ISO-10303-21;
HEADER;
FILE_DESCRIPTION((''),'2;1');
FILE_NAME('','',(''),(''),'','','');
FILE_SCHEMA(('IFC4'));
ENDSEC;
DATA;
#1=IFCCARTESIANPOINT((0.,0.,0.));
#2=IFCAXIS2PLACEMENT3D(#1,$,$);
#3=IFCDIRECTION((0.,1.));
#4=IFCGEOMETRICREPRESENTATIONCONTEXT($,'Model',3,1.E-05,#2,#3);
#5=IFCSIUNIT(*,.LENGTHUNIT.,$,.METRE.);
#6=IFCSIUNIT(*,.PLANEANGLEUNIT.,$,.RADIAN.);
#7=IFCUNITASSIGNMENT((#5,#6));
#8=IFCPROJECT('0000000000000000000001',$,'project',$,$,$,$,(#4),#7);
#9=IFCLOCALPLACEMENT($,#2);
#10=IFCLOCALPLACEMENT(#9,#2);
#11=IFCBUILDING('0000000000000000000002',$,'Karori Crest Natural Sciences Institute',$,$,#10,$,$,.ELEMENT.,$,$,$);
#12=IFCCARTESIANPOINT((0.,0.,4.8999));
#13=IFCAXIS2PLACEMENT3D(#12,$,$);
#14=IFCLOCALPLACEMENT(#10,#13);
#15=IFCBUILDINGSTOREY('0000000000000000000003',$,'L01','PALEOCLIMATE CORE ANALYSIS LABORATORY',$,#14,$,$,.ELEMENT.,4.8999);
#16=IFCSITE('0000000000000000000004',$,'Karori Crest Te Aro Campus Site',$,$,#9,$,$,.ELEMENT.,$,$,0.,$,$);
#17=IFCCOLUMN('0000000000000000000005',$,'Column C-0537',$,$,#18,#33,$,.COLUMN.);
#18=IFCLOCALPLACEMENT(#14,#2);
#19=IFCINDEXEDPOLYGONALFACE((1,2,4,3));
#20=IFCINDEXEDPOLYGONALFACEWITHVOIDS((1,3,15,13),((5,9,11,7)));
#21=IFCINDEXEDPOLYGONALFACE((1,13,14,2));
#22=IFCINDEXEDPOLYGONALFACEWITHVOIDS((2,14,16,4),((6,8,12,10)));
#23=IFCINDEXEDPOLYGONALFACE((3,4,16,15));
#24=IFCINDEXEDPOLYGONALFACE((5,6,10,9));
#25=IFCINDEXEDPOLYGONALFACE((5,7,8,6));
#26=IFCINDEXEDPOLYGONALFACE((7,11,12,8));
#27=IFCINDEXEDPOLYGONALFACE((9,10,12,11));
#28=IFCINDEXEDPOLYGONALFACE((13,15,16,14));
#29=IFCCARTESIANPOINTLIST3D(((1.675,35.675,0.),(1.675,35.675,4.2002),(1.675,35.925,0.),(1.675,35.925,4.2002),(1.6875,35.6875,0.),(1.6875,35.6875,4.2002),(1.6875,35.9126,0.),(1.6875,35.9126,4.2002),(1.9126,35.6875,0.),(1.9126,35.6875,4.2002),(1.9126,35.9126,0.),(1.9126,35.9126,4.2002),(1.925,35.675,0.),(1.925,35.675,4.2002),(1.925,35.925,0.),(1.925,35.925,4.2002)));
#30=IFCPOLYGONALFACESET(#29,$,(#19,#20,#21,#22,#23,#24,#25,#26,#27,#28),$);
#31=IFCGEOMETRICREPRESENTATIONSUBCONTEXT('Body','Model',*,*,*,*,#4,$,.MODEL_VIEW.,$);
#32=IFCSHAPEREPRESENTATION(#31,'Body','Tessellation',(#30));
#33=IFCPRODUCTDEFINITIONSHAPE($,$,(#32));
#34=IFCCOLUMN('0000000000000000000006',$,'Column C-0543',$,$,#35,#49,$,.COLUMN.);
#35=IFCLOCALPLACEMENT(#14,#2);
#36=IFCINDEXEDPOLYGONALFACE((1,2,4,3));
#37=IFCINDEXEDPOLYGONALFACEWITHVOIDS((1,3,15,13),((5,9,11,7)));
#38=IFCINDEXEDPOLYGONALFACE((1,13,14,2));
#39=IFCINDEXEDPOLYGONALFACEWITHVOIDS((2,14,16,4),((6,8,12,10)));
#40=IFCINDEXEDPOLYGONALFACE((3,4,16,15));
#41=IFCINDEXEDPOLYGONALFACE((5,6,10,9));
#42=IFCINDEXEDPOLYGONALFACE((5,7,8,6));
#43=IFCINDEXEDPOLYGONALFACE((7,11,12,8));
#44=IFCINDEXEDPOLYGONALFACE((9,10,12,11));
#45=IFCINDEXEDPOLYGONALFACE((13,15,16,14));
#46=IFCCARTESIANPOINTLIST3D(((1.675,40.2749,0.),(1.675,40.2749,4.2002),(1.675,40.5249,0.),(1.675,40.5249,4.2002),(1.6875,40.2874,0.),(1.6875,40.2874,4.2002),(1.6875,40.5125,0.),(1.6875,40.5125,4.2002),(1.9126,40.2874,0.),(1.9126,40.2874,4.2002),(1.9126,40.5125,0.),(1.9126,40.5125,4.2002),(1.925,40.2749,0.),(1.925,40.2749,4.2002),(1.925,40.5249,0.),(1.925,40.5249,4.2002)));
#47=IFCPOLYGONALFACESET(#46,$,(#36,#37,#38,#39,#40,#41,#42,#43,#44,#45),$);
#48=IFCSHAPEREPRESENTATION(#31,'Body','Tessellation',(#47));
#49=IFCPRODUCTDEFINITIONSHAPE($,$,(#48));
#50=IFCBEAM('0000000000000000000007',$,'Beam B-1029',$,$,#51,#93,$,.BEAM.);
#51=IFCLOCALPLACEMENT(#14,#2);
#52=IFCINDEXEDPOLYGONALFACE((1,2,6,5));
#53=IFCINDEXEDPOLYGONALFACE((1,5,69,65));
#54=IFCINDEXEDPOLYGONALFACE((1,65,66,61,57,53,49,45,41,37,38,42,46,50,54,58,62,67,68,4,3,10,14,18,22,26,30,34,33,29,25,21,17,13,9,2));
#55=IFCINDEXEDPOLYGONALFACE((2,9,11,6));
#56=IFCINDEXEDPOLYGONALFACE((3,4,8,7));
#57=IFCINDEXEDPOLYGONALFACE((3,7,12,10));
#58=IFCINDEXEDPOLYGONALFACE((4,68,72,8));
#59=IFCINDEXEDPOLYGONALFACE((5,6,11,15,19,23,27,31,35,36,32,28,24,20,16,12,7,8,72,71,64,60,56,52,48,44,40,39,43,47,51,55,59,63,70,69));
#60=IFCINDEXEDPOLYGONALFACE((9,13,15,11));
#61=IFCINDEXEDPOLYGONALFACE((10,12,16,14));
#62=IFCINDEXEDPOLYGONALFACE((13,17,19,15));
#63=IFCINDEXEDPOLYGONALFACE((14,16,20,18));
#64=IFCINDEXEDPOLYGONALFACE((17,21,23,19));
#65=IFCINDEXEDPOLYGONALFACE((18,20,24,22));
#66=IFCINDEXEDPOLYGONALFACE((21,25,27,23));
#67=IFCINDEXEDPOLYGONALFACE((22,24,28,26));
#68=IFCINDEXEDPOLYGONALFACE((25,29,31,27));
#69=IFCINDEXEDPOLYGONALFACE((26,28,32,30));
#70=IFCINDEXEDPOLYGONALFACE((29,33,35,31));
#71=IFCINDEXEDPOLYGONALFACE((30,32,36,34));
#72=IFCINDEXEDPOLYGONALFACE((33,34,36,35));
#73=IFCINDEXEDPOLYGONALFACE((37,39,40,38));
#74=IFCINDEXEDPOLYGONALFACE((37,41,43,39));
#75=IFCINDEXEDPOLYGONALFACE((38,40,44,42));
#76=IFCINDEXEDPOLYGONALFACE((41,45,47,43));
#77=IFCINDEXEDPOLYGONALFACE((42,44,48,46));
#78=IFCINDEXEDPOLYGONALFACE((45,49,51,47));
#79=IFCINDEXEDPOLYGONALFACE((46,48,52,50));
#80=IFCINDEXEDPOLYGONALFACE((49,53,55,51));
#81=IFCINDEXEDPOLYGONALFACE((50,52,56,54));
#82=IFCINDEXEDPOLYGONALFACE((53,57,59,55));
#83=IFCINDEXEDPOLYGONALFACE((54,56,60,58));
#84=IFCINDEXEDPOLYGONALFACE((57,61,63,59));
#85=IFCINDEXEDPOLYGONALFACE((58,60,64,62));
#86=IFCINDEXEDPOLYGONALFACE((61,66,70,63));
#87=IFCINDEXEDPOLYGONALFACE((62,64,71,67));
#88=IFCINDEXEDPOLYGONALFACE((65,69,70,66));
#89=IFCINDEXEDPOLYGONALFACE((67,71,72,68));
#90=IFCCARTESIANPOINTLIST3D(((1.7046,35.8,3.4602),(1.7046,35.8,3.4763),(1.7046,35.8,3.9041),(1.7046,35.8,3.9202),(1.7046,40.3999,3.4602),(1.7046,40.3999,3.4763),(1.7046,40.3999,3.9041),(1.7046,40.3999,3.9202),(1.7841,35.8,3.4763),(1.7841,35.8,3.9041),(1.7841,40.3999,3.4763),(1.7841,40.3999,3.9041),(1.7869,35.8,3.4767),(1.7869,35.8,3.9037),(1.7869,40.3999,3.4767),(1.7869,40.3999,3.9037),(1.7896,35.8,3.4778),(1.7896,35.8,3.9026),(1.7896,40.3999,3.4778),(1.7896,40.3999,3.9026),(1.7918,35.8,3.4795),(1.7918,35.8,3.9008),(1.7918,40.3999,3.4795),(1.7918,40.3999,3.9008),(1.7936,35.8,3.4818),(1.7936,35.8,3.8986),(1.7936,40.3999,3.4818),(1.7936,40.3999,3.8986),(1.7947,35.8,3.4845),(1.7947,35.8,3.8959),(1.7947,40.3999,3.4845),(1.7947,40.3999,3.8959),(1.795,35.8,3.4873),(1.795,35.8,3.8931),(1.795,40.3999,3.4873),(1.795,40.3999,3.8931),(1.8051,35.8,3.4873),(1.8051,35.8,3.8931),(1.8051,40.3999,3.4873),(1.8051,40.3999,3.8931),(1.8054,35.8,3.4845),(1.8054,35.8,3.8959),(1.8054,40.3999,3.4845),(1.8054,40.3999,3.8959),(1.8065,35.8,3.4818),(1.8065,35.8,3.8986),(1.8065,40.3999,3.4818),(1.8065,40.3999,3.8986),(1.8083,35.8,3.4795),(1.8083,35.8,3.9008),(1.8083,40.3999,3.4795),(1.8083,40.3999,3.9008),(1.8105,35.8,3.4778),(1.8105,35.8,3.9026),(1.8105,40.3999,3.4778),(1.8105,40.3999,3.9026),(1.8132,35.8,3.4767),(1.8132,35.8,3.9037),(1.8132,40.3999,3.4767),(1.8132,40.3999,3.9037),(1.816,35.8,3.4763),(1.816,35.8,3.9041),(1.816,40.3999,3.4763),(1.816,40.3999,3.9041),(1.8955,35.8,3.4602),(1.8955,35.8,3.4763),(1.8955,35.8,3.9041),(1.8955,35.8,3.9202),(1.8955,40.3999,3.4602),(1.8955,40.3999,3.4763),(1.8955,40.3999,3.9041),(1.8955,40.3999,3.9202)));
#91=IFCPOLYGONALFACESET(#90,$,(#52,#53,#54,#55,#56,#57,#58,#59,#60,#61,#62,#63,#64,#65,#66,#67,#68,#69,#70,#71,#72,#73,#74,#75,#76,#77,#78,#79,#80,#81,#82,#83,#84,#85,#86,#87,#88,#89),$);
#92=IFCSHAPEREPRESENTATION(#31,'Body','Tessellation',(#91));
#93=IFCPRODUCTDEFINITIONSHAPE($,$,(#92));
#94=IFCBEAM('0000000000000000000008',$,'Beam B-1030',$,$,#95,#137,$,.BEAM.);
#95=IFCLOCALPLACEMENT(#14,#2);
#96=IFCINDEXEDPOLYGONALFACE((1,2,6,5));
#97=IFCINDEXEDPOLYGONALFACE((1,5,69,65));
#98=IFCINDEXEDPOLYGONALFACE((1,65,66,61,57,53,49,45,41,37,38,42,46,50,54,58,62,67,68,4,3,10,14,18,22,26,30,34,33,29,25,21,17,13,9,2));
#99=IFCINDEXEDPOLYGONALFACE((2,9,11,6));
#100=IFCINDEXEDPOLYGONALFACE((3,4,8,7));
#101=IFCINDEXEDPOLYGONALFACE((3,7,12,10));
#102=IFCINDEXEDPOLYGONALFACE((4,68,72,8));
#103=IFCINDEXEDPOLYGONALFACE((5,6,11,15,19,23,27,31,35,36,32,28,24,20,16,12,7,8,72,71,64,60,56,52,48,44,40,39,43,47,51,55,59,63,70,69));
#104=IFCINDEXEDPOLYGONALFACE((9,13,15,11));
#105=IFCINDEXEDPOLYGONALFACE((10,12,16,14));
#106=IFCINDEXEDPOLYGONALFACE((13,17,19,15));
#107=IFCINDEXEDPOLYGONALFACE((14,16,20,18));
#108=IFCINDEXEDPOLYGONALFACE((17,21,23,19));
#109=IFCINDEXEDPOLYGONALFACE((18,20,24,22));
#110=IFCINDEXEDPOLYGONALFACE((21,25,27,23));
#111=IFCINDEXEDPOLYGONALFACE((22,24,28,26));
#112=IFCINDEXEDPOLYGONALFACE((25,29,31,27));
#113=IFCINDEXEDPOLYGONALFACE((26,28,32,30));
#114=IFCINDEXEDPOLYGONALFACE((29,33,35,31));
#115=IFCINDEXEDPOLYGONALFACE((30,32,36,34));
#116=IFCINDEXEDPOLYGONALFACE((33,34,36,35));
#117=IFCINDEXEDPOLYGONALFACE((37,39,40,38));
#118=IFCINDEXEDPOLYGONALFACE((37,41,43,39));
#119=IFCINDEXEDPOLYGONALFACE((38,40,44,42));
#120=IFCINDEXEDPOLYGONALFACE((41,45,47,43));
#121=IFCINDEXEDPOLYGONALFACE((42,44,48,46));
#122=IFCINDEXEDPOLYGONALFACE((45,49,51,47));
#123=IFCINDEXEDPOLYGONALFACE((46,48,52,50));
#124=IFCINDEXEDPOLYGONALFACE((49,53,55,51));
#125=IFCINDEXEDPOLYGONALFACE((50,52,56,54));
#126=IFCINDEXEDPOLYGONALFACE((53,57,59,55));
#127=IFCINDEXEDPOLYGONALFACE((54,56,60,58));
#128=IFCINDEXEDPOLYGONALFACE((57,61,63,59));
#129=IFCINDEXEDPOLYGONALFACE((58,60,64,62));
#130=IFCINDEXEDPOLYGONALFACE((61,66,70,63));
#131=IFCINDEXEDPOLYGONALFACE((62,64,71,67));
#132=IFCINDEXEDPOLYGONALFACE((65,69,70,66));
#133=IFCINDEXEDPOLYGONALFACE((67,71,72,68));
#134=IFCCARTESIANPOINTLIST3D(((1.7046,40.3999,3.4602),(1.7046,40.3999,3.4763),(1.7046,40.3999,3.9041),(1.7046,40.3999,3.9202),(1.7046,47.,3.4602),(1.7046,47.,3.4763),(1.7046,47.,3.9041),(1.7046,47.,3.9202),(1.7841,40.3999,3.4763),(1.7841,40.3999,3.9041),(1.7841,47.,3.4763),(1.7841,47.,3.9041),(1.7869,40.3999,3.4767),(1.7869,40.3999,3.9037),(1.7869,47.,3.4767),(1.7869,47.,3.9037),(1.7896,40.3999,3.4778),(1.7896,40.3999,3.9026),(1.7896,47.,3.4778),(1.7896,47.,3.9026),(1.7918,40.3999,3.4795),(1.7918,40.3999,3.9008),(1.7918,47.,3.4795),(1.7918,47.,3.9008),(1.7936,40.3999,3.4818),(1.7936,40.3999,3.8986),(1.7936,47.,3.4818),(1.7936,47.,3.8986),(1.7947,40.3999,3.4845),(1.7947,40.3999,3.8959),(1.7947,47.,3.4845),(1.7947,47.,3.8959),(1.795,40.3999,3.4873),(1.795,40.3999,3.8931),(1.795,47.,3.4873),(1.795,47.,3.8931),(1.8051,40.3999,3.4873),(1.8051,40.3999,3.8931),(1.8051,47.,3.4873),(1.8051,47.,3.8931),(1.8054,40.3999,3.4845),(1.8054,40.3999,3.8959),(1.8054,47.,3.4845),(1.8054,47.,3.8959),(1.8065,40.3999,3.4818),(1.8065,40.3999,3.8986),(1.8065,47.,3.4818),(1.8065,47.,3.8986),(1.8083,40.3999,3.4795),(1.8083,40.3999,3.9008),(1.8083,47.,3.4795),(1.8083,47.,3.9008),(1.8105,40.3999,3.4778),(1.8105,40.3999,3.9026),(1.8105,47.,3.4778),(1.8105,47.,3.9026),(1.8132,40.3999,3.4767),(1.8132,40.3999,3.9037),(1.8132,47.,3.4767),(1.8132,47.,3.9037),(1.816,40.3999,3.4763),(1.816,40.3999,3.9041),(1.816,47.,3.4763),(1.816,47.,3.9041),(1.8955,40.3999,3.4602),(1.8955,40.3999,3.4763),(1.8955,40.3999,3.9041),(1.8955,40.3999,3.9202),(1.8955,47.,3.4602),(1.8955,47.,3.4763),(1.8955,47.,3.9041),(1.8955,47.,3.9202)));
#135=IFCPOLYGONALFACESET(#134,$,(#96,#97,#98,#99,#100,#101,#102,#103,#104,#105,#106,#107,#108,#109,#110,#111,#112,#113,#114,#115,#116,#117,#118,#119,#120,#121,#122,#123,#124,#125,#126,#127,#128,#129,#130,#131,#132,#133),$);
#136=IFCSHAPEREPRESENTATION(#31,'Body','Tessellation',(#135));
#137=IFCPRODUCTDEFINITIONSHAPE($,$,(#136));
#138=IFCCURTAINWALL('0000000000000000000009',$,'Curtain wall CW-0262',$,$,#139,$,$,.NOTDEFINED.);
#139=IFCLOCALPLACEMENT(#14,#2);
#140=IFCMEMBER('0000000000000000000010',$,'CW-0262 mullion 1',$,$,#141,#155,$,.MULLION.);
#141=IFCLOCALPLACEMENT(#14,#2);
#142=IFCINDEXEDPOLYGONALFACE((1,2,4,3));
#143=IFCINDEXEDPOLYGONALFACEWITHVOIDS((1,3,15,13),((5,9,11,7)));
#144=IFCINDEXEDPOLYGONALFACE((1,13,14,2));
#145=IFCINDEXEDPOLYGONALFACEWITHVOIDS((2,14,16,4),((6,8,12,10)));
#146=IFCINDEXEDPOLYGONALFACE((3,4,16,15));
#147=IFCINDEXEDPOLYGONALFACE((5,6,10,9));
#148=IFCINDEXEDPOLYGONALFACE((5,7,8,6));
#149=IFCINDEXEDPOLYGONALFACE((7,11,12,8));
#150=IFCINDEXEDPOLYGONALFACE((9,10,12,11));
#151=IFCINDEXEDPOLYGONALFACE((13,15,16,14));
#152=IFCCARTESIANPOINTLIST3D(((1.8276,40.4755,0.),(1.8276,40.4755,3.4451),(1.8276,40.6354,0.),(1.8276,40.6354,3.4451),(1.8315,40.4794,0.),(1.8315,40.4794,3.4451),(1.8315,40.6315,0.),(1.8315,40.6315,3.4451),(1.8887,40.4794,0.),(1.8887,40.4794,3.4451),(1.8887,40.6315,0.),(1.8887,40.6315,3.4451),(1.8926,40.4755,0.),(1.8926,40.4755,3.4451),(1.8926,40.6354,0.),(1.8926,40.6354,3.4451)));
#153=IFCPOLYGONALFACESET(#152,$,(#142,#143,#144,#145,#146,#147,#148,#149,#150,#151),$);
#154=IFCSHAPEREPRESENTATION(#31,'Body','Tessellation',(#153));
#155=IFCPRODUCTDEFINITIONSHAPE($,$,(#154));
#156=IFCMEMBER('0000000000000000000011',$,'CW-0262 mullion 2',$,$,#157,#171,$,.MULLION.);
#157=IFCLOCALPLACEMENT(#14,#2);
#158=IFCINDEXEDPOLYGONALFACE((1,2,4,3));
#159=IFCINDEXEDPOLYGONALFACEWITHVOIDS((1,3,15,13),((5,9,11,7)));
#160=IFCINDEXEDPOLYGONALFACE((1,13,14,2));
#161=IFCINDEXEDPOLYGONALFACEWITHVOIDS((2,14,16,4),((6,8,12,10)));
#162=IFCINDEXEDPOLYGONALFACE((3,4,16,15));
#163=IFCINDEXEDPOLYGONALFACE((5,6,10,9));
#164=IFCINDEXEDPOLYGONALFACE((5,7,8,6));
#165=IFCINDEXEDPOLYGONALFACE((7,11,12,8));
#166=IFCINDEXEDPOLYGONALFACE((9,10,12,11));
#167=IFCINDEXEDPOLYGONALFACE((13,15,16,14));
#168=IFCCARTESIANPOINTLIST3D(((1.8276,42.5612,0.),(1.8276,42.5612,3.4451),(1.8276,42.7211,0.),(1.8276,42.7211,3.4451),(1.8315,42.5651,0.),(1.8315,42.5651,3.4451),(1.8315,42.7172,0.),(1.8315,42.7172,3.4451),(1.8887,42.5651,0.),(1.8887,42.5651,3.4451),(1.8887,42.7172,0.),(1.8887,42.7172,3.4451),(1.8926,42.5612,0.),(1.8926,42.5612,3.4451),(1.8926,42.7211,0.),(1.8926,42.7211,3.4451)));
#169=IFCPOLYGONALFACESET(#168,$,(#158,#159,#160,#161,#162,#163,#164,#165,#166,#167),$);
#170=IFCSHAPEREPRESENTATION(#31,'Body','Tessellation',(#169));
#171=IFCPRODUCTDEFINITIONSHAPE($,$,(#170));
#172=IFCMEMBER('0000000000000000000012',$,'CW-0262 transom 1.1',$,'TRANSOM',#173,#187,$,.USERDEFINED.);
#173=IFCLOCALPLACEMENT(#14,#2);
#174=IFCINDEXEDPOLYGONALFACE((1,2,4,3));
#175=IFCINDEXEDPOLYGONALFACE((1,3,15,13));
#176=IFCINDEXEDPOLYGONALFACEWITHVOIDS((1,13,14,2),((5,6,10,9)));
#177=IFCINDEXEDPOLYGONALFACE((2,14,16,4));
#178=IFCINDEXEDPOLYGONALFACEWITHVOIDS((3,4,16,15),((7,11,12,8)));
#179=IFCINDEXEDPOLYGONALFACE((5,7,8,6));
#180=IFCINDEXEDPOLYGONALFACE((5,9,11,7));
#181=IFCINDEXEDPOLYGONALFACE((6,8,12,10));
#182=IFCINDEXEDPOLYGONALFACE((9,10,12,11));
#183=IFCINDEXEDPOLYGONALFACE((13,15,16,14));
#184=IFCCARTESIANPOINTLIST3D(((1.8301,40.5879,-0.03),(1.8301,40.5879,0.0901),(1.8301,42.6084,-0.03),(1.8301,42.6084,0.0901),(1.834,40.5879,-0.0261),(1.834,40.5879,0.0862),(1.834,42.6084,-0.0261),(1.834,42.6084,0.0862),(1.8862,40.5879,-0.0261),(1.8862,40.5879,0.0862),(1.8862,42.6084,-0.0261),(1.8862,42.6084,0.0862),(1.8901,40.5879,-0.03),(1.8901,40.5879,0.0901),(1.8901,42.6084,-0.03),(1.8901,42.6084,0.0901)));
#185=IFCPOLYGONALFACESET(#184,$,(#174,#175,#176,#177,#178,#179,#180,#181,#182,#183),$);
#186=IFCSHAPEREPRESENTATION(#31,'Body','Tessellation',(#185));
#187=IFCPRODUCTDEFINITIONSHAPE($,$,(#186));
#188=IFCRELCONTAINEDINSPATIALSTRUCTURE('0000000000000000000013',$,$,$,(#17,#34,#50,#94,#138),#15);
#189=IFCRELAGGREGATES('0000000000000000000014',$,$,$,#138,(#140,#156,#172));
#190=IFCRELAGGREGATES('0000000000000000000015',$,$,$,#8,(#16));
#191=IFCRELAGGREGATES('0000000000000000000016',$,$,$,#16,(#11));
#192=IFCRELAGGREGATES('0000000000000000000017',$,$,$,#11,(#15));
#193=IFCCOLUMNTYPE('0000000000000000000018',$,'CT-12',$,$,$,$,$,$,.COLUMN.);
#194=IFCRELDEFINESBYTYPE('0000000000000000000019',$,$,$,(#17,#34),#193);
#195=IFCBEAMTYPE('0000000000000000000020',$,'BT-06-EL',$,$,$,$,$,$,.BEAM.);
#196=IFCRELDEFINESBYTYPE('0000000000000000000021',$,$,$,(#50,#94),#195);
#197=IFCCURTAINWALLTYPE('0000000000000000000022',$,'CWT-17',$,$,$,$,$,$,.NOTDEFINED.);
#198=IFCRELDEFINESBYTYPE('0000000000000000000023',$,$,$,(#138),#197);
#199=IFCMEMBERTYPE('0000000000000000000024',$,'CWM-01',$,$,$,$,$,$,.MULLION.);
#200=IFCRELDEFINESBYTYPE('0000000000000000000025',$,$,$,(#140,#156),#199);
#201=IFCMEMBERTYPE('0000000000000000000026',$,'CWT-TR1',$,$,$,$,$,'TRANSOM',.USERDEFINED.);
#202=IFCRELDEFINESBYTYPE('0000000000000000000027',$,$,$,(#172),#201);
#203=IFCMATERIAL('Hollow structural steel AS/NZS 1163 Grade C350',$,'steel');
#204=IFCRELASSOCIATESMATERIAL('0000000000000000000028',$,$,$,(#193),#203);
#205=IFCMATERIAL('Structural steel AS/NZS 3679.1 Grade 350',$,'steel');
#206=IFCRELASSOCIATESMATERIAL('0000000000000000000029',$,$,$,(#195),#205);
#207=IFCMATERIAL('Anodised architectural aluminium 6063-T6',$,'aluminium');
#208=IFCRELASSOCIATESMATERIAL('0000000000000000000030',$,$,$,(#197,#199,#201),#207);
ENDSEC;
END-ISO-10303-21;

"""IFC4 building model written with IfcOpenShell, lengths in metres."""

from ifc_helpers import new_model, si_unit, direction, frame, origin, origin_2d, place, context, subcontext, project, spatial, hollow_rectangle, i_section, extrude, material, material_profile, profile_set, type_object, element, aggregate, save


model = new_model("IFC4")

# Units and contexts
model_context = context("Model", 3, precision=1e-05, world=origin(), true_north=direction((0.0, 1.0)))
body_context = subcontext(model_context, "Body", "Model", "MODEL_VIEW")
ifc_project = project(units=[si_unit("LENGTHUNIT", "METRE"), si_unit("PLANEANGLEUNIT", "RADIAN")], contexts=[model_context])

# Site, building, storey
site_placement = place(None, origin())
site = spatial("IfcSite", under=ifc_project, at=site_placement, Name="Karori Crest Te Aro Campus Site", CompositionType="ELEMENT", RefElevation=0.0)
building_placement = place(site_placement, origin())
building = spatial("IfcBuilding", under=site, at=building_placement, Name="Karori Crest Natural Sciences Institute", CompositionType="ELEMENT")
storey_placement = place(building_placement, frame((0.0, 0.0, 4.8999)))
storey = spatial("IfcBuildingStorey", under=building, at=storey_placement, Name="L01", Description="PALEOCLIMATE CORE ANALYSIS LABORATORY", CompositionType="ELEMENT", Elevation=4.8999)

# Columns
ifc_material_1 = material(Name="Hollow structural steel AS/NZS 1163 Grade C350", Category="steel")
ifc_material_profile_1 = material_profile(ifc_material_1, hollow_rectangle(XDim=0.25, YDim=0.25, WallThickness=0.0125, at=origin_2d()), Name="SHS250x250x12.5")
ifc_profile_set_1 = profile_set([ifc_material_profile_1], Name="Hollow structural steel AS/NZS 1163 Grade C350")
column_type = type_object("IfcColumnType", Name="CT-12", PredefinedType="COLUMN", material=ifc_profile_set_1)
for number, where, z_axis, x_axis, name in (
    (1, (1.8, 35.8, 0.0), (0.0, 0.0, 1.0), (1.0, 0.0, 0.0), "Column C-0537"),
    (2, (1.8, 40.3999, 0.0), (0.0, 0.0, 1.0), (1.0, 0.0, 0.0), "Column C-0543"),
):
    element("IfcColumn", number, at=place(storey_placement, frame(where, z_axis=z_axis, x_axis=x_axis)), inside=storey, type_object=column_type, Name=name, PredefinedType="COLUMN", context=body_context, shape_type="SweptSolid", body=[
        extrude(hollow_rectangle(XDim=0.25, YDim=0.25, WallThickness=0.0125, at=origin_2d()), origin(), (0.0, 0.0, 1.0), 4.2002),
    ])

# Beams
ifc_material_2 = material(Name="Structural steel AS/NZS 3679.1 Grade 350", Category="steel")
ifc_material_profile_2 = material_profile(ifc_material_2, i_section(OverallWidth=0.1909, OverallDepth=0.46, WebThickness=0.01, FlangeThickness=0.0161, FilletRadius=0.011, at=origin_2d()), Name="460UB82.1")
ifc_profile_set_2 = profile_set([ifc_material_profile_2], Name="Structural steel AS/NZS 3679.1 Grade 350")
beam_type = type_object("IfcBeamType", Name="BT-06-EL", PredefinedType="BEAM", material=ifc_profile_set_2)
beam_1_placement = place(storey_placement, frame((1.8, 35.8, 3.6902), z_axis=(0.0, 1.0, 0.0), x_axis=(-1.0, 0.0, 0.0)))
element("IfcBeam", 3, at=beam_1_placement, inside=storey, type_object=beam_type, Name="Beam B-1029", PredefinedType="BEAM", context=body_context, shape_type="SweptSolid", body=[
    extrude(i_section(OverallWidth=0.1909, OverallDepth=0.46, WebThickness=0.01, FlangeThickness=0.0161, FilletRadius=0.011, at=origin_2d()), origin(), (0.0, 0.0, 1.0), 4.5999),
])
beam_2_placement = place(storey_placement, frame((1.8, 40.3999, 3.6902), z_axis=(0.0, 1.0, 0.0), x_axis=(-1.0, 0.0, 0.0)))
element("IfcBeam", 4, at=beam_2_placement, inside=storey, type_object=beam_type, Name="Beam B-1030", PredefinedType="BEAM", context=body_context, shape_type="SweptSolid", body=[
    extrude(i_section(OverallWidth=0.1909, OverallDepth=0.46, WebThickness=0.01, FlangeThickness=0.0161, FilletRadius=0.011, at=origin_2d()), origin(), (0.0, 0.0, 1.0), 6.6001),
])

# Curtain wall, members
ifc_material_3 = material(Name="Anodised architectural aluminium 6063-T6", Category="aluminium")
curtain_wall_type = type_object("IfcCurtainWallType", Name="CWT-17", PredefinedType="NOTDEFINED", material=ifc_material_3)
curtain_wall_placement = place(storey_placement, origin())
curtain_wall = element("IfcCurtainWall", 5, at=curtain_wall_placement, inside=storey, type_object=curtain_wall_type, Name="Curtain wall CW-0262", PredefinedType="NOTDEFINED")
ifc_material_profile_3 = material_profile(ifc_material_3, hollow_rectangle(XDim=0.0649, YDim=0.1599, WallThickness=0.0039, at=origin_2d()), Name="CWM160x65x4")
ifc_profile_set_3 = profile_set([ifc_material_profile_3], Name="Anodised architectural aluminium 6063-T6")
member_type_1 = type_object("IfcMemberType", Name="CWM-01", PredefinedType="MULLION", material=ifc_profile_set_3)
member_1_placement = place(storey_placement, frame((1.8601, 40.5554, 0.0), z_axis=(0.0, 0.0, 1.0), x_axis=(-1.0, 0.0, 0.0)))
member_1 = element("IfcMember", 6, at=member_1_placement, type_object=member_type_1, Name="CW-0262 mullion 1", PredefinedType="MULLION", context=body_context, shape_type="SweptSolid", body=[
    extrude(hollow_rectangle(XDim=0.0649, YDim=0.1599, WallThickness=0.0039, at=origin_2d()), origin(), (0.0, 0.0, 1.0), 3.4451),
])
member_2_placement = place(storey_placement, frame((1.8601, 42.6411, 0.0), z_axis=(0.0, 0.0, 1.0), x_axis=(-1.0, 0.0, 0.0)))
member_2 = element("IfcMember", 7, at=member_2_placement, type_object=member_type_1, Name="CW-0262 mullion 2", PredefinedType="MULLION", context=body_context, shape_type="SweptSolid", body=[
    extrude(hollow_rectangle(XDim=0.0649, YDim=0.1599, WallThickness=0.0039, at=origin_2d()), origin(), (0.0, 0.0, 1.0), 3.4451),
])
ifc_material_profile_4 = material_profile(ifc_material_3, hollow_rectangle(XDim=0.0601, YDim=0.1201, WallThickness=0.0039, at=origin_2d()), Name="CWT120x60x4")
ifc_profile_set_4 = profile_set([ifc_material_profile_4], Name="Anodised architectural aluminium 6063-T6")
member_type_2 = type_object("IfcMemberType", Name="CWT-TR1", ElementType="TRANSOM", PredefinedType="USERDEFINED", material=ifc_profile_set_4)
member_3_placement = place(storey_placement, frame((1.8601, 40.5879, 0.03), z_axis=(0.0, 1.0, 0.0), x_axis=(-1.0, 0.0, 0.0)))
member_3 = element("IfcMember", 8, at=member_3_placement, type_object=member_type_2, Name="CW-0262 transom 1.1", ObjectType="TRANSOM", PredefinedType="USERDEFINED", context=body_context, shape_type="SweptSolid", body=[
    extrude(hollow_rectangle(XDim=0.0601, YDim=0.1201, WallThickness=0.0039, at=origin_2d()), origin(), (0.0, 0.0, 1.0), 2.0205),
])
aggregate(curtain_wall, [member_1, member_2, member_3])

save(model, "model.ifc")
